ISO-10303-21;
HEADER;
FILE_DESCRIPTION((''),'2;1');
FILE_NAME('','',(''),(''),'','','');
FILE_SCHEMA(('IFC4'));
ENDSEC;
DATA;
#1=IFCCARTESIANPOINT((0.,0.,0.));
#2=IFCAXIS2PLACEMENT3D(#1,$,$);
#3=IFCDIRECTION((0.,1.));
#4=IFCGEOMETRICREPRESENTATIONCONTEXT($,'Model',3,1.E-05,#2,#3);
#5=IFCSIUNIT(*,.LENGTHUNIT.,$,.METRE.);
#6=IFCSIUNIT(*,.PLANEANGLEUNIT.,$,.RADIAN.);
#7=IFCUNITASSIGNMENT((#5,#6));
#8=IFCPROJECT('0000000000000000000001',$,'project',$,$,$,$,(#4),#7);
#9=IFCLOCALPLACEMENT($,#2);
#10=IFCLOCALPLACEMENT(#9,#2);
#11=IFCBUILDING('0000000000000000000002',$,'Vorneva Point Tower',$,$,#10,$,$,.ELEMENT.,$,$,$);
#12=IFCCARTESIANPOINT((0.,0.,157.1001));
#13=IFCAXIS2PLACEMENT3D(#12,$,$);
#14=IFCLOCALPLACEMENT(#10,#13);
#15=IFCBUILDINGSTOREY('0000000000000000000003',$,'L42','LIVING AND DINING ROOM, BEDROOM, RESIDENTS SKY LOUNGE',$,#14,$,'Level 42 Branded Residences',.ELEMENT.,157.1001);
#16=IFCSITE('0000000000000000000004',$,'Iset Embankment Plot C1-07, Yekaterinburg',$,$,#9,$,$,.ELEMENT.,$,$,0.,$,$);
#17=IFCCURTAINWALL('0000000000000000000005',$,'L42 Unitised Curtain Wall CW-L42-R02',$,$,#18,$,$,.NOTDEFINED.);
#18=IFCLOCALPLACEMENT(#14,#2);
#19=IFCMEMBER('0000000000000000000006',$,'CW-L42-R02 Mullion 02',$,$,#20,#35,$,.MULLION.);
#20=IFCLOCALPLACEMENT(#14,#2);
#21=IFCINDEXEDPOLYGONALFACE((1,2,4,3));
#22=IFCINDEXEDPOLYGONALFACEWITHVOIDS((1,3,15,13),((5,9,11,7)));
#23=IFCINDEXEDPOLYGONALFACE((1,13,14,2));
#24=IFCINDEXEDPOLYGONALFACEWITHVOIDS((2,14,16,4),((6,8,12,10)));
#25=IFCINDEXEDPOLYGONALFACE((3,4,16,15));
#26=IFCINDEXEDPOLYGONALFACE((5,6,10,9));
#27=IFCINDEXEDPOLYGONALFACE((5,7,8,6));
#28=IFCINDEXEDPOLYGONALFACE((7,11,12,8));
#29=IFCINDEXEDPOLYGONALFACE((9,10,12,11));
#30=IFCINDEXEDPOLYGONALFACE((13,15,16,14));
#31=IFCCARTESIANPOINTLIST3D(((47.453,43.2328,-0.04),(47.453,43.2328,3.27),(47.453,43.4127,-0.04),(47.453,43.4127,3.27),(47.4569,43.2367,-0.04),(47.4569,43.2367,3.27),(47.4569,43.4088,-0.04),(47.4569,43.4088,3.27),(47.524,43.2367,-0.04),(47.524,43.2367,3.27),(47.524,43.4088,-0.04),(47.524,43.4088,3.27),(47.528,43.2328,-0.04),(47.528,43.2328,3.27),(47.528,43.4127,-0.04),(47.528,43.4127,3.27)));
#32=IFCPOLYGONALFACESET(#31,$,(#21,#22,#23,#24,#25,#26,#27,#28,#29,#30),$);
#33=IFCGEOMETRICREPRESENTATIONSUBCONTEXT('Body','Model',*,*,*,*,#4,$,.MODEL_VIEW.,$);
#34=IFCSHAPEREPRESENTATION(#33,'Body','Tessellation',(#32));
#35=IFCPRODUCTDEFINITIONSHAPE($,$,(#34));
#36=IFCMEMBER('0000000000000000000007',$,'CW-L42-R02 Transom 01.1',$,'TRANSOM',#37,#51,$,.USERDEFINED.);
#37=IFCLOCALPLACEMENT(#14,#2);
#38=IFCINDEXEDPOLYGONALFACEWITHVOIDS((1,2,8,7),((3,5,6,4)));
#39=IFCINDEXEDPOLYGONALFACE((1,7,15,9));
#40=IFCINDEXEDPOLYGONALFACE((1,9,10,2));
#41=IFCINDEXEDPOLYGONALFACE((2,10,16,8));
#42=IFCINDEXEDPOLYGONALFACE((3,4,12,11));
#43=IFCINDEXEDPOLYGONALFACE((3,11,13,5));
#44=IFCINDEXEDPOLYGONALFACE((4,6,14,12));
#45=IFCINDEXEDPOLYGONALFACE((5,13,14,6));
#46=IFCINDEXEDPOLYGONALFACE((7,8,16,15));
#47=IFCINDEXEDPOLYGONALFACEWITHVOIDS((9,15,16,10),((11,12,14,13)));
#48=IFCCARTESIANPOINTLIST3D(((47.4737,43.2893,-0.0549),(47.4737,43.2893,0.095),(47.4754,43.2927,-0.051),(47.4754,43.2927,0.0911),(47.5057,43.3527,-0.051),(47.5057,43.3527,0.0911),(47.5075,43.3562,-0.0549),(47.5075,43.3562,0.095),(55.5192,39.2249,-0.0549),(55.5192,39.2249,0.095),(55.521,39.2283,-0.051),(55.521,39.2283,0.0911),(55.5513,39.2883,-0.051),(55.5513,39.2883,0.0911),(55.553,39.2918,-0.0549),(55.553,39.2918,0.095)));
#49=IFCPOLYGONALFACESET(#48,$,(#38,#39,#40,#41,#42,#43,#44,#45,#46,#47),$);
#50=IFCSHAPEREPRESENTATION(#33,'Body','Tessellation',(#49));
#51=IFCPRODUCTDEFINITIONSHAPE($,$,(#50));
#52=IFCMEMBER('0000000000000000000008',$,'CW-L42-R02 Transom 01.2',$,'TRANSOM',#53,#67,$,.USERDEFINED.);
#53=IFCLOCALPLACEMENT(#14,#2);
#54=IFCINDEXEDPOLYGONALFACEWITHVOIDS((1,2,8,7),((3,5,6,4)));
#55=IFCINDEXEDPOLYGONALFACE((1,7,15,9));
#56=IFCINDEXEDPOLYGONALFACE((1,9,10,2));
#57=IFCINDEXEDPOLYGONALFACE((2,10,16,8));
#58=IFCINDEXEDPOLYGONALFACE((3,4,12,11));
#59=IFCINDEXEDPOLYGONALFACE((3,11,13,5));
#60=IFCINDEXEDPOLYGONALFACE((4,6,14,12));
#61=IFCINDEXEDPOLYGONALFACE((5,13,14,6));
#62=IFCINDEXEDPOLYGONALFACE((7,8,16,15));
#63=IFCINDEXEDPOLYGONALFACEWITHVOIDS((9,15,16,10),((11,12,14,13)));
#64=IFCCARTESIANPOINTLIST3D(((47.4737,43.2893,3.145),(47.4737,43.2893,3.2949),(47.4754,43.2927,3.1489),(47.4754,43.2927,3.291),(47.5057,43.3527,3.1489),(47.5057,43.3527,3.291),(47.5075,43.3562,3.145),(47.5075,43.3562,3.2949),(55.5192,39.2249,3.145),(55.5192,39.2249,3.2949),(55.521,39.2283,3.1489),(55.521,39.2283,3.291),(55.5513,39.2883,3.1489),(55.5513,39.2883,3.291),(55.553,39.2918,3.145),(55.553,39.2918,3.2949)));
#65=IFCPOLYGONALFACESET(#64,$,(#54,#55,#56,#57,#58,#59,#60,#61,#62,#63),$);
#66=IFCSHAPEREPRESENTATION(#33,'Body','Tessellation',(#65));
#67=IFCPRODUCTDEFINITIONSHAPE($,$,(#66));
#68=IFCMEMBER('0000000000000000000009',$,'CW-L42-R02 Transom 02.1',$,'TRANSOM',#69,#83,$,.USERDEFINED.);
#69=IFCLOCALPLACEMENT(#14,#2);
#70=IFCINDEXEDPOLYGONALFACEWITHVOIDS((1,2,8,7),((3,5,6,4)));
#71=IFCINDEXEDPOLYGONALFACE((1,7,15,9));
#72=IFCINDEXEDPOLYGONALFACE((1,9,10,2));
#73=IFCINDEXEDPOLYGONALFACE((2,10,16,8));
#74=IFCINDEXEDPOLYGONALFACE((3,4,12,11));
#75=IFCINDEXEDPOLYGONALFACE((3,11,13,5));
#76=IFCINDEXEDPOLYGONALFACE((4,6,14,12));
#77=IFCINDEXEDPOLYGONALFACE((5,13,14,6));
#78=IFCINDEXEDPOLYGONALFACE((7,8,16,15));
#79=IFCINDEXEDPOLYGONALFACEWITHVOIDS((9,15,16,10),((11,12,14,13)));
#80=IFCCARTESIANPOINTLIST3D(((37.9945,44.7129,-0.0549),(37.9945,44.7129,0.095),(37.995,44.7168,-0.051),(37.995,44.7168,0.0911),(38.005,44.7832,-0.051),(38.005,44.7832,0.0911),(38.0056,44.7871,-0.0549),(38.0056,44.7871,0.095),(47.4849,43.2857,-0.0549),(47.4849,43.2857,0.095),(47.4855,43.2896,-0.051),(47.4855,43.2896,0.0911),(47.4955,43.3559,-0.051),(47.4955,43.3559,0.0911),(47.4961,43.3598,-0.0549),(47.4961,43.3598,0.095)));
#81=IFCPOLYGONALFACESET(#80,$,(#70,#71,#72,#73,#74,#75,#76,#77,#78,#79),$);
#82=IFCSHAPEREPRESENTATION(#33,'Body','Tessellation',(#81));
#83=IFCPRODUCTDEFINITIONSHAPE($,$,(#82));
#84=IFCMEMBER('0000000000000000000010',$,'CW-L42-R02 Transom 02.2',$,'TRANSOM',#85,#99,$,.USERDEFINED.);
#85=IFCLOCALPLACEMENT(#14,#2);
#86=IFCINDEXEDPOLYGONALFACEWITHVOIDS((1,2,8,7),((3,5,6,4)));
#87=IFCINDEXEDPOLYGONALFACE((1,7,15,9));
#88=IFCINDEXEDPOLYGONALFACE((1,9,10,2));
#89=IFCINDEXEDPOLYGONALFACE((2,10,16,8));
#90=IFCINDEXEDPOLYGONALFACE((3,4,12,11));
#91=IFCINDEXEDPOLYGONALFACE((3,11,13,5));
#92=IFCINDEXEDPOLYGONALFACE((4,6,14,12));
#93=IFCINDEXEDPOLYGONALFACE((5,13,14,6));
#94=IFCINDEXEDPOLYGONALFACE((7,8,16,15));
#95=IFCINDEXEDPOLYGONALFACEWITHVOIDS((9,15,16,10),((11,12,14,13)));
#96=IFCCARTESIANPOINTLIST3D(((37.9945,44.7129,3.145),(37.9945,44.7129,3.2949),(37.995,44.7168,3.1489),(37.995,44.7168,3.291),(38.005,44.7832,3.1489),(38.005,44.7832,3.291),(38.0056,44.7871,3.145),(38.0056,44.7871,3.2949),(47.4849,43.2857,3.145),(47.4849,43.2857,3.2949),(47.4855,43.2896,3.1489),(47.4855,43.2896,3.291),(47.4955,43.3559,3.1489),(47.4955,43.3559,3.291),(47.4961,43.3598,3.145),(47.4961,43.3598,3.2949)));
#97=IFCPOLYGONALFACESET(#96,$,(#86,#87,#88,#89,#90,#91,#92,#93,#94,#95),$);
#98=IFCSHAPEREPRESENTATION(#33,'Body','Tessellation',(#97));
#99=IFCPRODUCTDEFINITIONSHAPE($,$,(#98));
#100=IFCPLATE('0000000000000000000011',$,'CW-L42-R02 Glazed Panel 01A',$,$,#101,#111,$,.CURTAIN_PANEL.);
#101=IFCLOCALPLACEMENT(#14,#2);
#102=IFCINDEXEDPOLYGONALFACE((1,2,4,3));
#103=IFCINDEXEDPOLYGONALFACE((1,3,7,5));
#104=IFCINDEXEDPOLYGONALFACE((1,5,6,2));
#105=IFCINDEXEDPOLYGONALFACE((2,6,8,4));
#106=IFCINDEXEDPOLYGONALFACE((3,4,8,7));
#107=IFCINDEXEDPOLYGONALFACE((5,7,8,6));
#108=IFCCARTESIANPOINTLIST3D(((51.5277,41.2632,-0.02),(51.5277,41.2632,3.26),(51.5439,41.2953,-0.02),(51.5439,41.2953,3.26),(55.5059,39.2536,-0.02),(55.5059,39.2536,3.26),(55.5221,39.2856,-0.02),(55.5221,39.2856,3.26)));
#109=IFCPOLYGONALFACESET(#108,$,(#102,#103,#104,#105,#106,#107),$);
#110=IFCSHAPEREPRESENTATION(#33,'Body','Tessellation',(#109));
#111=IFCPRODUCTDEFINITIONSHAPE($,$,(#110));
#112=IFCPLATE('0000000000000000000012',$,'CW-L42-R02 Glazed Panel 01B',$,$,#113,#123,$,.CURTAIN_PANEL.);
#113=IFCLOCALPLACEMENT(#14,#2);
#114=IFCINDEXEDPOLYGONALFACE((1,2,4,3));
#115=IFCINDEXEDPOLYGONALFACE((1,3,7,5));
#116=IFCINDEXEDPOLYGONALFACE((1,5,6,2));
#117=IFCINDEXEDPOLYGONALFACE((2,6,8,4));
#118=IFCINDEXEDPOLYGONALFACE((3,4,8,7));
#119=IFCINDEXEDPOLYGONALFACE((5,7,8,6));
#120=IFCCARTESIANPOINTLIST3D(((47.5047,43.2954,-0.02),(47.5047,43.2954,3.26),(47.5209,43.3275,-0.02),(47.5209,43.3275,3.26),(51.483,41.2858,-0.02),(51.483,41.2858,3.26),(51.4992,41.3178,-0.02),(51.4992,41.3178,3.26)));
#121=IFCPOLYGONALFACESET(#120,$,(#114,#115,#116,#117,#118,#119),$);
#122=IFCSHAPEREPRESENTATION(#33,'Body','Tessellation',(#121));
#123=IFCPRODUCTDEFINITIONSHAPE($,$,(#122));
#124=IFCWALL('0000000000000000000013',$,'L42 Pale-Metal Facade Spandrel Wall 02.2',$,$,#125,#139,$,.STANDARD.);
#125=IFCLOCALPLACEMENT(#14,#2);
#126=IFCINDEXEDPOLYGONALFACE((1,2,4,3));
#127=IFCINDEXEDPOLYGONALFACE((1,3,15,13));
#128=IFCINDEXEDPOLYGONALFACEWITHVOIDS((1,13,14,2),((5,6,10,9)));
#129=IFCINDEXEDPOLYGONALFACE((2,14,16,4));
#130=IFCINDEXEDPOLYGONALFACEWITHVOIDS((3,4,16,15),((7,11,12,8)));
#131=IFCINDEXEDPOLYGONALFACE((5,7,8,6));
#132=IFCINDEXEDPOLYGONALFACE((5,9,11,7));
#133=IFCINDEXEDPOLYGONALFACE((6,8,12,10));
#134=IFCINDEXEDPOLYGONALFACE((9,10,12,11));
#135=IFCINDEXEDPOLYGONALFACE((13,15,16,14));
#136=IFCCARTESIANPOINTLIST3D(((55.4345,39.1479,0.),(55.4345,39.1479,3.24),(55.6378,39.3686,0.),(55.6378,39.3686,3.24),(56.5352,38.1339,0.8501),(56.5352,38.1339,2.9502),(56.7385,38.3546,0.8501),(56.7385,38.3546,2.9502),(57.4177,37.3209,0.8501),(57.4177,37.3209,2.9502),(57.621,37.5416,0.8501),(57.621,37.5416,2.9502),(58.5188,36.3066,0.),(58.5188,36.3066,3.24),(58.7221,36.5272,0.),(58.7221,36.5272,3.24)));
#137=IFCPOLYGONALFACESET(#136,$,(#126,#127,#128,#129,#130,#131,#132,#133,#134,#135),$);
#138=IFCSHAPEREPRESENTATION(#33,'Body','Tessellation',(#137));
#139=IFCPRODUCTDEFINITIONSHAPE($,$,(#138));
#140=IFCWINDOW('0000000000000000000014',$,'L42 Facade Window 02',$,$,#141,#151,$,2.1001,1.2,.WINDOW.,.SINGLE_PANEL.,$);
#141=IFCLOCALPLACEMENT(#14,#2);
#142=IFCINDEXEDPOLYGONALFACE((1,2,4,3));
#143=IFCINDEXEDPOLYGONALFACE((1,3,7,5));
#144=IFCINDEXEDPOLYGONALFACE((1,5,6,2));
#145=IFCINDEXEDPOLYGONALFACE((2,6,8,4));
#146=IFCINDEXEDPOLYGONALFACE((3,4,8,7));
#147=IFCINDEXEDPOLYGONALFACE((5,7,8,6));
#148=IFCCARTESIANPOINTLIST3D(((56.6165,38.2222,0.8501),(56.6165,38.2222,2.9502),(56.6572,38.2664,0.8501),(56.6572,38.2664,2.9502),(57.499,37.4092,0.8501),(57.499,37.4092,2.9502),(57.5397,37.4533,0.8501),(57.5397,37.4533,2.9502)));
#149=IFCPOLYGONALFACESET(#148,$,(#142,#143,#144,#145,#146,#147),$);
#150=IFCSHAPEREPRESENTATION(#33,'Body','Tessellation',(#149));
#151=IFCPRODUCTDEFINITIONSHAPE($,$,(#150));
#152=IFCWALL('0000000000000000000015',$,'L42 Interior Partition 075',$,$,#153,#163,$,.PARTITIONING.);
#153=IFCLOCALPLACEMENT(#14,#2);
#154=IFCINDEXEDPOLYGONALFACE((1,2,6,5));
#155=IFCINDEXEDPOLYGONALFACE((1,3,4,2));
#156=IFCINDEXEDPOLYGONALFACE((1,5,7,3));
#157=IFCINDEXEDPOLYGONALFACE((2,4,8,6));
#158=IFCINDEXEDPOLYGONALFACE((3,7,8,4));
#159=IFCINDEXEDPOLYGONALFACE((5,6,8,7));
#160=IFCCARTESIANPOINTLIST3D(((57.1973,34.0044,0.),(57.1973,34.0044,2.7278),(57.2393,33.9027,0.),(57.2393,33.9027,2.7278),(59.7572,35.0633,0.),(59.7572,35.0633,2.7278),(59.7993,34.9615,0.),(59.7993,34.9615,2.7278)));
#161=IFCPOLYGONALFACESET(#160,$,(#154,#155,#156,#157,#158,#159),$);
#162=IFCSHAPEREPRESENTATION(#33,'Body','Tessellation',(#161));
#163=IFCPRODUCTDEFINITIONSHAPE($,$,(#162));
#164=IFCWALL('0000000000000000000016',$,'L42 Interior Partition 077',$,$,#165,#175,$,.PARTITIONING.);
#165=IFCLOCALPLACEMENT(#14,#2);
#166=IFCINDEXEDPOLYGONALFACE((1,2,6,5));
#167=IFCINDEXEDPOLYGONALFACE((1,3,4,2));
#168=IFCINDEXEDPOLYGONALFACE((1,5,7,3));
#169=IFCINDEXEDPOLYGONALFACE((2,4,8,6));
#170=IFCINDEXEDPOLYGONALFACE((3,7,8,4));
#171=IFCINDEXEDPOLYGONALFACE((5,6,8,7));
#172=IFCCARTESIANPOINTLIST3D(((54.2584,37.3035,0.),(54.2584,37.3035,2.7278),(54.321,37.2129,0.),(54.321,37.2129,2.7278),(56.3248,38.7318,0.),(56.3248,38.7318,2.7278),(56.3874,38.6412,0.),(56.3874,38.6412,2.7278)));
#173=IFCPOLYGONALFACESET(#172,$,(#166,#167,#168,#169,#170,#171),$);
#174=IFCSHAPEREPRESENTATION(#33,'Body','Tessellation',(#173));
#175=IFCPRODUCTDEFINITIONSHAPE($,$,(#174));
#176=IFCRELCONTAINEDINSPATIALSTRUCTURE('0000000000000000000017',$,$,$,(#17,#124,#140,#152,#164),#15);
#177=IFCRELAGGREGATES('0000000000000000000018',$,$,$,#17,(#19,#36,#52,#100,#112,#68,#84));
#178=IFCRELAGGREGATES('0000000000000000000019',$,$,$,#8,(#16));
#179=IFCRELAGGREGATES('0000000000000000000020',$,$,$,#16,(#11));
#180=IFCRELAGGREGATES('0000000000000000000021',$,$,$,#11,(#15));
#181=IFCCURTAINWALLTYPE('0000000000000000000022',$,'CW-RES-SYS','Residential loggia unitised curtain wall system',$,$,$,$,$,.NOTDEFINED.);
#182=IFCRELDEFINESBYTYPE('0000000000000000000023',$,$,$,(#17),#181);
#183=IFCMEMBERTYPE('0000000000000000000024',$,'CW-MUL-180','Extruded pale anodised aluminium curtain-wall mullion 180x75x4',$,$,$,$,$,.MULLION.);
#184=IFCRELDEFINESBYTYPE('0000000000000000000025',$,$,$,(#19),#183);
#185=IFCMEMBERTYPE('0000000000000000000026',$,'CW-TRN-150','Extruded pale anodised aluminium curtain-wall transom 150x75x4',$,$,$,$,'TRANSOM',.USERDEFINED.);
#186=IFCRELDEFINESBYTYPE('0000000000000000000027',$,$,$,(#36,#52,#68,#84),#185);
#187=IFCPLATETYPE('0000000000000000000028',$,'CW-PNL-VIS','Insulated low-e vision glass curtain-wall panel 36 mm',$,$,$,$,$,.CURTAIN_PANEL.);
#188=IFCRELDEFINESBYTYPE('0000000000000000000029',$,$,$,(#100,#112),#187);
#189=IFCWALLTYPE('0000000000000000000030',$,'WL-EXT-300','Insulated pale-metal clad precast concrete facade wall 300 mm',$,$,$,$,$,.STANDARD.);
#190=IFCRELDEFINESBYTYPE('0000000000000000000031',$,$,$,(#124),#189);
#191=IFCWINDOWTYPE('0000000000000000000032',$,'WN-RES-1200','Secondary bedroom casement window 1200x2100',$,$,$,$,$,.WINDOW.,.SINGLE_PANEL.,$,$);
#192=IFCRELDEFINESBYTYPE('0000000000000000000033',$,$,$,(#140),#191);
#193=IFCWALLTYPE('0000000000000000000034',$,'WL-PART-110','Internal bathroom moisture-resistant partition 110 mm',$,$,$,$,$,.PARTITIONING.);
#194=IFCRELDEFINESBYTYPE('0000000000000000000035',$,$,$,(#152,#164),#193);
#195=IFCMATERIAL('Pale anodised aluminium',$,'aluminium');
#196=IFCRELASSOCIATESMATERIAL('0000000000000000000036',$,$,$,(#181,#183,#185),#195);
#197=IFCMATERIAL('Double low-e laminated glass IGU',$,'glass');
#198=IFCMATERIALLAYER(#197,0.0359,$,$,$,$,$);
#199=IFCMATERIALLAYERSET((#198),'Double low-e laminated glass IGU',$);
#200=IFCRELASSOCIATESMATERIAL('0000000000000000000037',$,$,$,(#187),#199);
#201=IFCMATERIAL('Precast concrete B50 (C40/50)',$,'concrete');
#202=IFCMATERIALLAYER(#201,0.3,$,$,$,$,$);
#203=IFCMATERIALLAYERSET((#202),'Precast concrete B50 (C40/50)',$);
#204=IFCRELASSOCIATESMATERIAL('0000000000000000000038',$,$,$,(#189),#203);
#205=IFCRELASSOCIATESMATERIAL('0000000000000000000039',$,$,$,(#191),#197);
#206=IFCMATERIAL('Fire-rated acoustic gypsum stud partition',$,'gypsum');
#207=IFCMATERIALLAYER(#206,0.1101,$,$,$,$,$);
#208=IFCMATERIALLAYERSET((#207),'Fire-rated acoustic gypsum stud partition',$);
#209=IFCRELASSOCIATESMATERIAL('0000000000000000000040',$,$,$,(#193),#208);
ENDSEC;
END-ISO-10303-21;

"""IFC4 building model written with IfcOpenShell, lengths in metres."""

from ifc_helpers import new_model, si_unit, direction, frame, frame_2d, origin, origin_2d, place, context, subcontext, project, spatial, rectangle, hollow_rectangle, extrude, material, layer, layer_set, material_profile, profile_set, type_object, element, fill, aggregate, save


model = new_model("IFC4")

# Units and contexts
model_context = context("Model", 3, precision=1e-05, world=origin(), true_north=direction((0.0, 1.0)))
body_context = subcontext(model_context, "Body", "Model", "MODEL_VIEW")
ifc_project = project(units=[si_unit("LENGTHUNIT", "METRE"), si_unit("PLANEANGLEUNIT", "RADIAN")], contexts=[model_context])

# Site, building, storey
site_placement = place(None, origin())
site = spatial("IfcSite", under=ifc_project, at=site_placement, Name="Iset Embankment Plot C1-07, Yekaterinburg", CompositionType="ELEMENT", RefElevation=0.0)
building_placement = place(site_placement, origin())
building = spatial("IfcBuilding", under=site, at=building_placement, Name="Vorneva Point Tower", CompositionType="ELEMENT")
storey_placement = place(building_placement, frame((0.0, 0.0, 157.1001)))
storey = spatial("IfcBuildingStorey", under=building, at=storey_placement, Name="L42", Description="LIVING AND DINING ROOM, BEDROOM, RESIDENTS SKY LOUNGE", LongName="Level 42 Branded Residences", CompositionType="ELEMENT", Elevation=157.1001)

# Curtain wall, members, plates
ifc_material_1 = material(Name="Pale anodised aluminium", Category="aluminium")
curtain_wall_type = type_object("IfcCurtainWallType", Name="CW-RES-SYS", Description="Residential loggia unitised curtain wall system", PredefinedType="NOTDEFINED", material=ifc_material_1)
curtain_wall_placement = place(storey_placement, origin())
curtain_wall = element("IfcCurtainWall", 1, at=curtain_wall_placement, inside=storey, type_object=curtain_wall_type, Name="L42 Unitised Curtain Wall CW-L42-R02", PredefinedType="NOTDEFINED")
ifc_material_profile_1 = material_profile(ifc_material_1, hollow_rectangle(XDim=0.075, YDim=0.1799, WallThickness=0.0039, at=origin_2d()), Name="AL-MUL 180x75x4")
ifc_profile_set_1 = profile_set([ifc_material_profile_1], Name="Pale anodised aluminium")
member_type_1 = type_object("IfcMemberType", Name="CW-MUL-180", Description="Extruded pale anodised aluminium curtain-wall mullion 180x75x4", PredefinedType="MULLION", material=ifc_profile_set_1)
member_1_placement = place(storey_placement, frame((47.4905, 43.3228, -0.04), z_axis=(0.0, 0.0, 1.0), x_axis=(1.0, 0.0, 0.0)))
member_1 = element("IfcMember", 2, at=member_1_placement, type_object=member_type_1, Name="CW-L42-R02 Mullion 02", PredefinedType="MULLION", context=body_context, shape_type="SweptSolid", body=[
    extrude(hollow_rectangle(XDim=0.075, YDim=0.1799, WallThickness=0.0039, at=origin_2d()), origin(), (0.0, 0.0, 1.0), 3.3101),
])
ifc_material_profile_2 = material_profile(ifc_material_1, hollow_rectangle(XDim=0.075, YDim=0.1499, WallThickness=0.0039, at=origin_2d()), Name="AL-TRN 150x75x4")
ifc_profile_set_2 = profile_set([ifc_material_profile_2], Name="Pale anodised aluminium")
member_type_2 = type_object("IfcMemberType", Name="CW-TRN-150", Description="Extruded pale anodised aluminium curtain-wall transom 150x75x4", ElementType="TRANSOM", PredefinedType="USERDEFINED", material=ifc_profile_set_2)
member_2_placement = place(storey_placement, frame((55.5361, 39.2583, 0.02), z_axis=(-0.892572, 0.450904, 0.0), x_axis=(-0.450904, -0.892572, 0.0)))
member_2 = element("IfcMember", 3, at=member_2_placement, type_object=member_type_2, Name="CW-L42-R02 Transom 01.1", ObjectType="TRANSOM", PredefinedType="USERDEFINED", context=body_context, shape_type="SweptSolid", body=[
    extrude(hollow_rectangle(XDim=0.075, YDim=0.1499, WallThickness=0.0039, at=origin_2d()), origin(), (0.0, 0.0, 1.0), 9.0139),
])
member_3_placement = place(storey_placement, frame((55.5361, 39.2583, 3.22), z_axis=(-0.892572, 0.450904, 0.0), x_axis=(-0.450904, -0.892572, 0.0)))
member_3 = element("IfcMember", 4, at=member_3_placement, type_object=member_type_2, Name="CW-L42-R02 Transom 01.2", ObjectType="TRANSOM", PredefinedType="USERDEFINED", context=body_context, shape_type="SweptSolid", body=[
    extrude(hollow_rectangle(XDim=0.075, YDim=0.1499, WallThickness=0.0039, at=origin_2d()), origin(), (0.0, 0.0, 1.0), 9.0139),
])
member_4_placement = place(storey_placement, frame((47.4905, 43.3228, 0.02), z_axis=(-0.98888, 0.148715, 0.0), x_axis=(-0.148715, -0.98888, 0.0)))
member_4 = element("IfcMember", 5, at=member_4_placement, type_object=member_type_2, Name="CW-L42-R02 Transom 02.1", ObjectType="TRANSOM", PredefinedType="USERDEFINED", context=body_context, shape_type="SweptSolid", body=[
    extrude(hollow_rectangle(XDim=0.075, YDim=0.1499, WallThickness=0.0039, at=origin_2d()), origin(), (0.0, 0.0, 1.0), 9.5972),
])
member_5_placement = place(storey_placement, frame((47.4905, 43.3228, 3.22), z_axis=(-0.98888, 0.148715, 0.0), x_axis=(-0.148715, -0.98888, 0.0)))
member_5 = element("IfcMember", 6, at=member_5_placement, type_object=member_type_2, Name="CW-L42-R02 Transom 02.2", ObjectType="TRANSOM", PredefinedType="USERDEFINED", context=body_context, shape_type="SweptSolid", body=[
    extrude(hollow_rectangle(XDim=0.075, YDim=0.1499, WallThickness=0.0039, at=origin_2d()), origin(), (0.0, 0.0, 1.0), 9.5972),
])
ifc_material_2 = material(Name="Double low-e laminated glass IGU", Category="glass")
ifc_layer_1 = layer(ifc_material_2, 0.0359)
ifc_layer_set_1 = layer_set([ifc_layer_1], Name="Double low-e laminated glass IGU")
plate_type = type_object("IfcPlateType", Name="CW-PNL-VIS", Description="Insulated low-e vision glass curtain-wall panel 36 mm", PredefinedType="CURTAIN_PANEL", material=ifc_layer_set_1)
plate_1_placement = place(storey_placement, frame((53.5249, 40.2744, -0.02), z_axis=(0.0, 0.0, 1.0), x_axis=(-0.892578, 0.450893, 0.0)))
plate_1 = element("IfcPlate", 7, at=plate_1_placement, type_object=plate_type, Name="CW-L42-R02 Glazed Panel 01A", PredefinedType="CURTAIN_PANEL", context=body_context, shape_type="SweptSolid", body=[
    extrude(rectangle(XDim=4.457, YDim=0.0359, at=origin_2d()), origin(), (0.0, 0.0, 1.0), 3.28),
])
plate_2_placement = place(storey_placement, frame((49.502, 42.3066, -0.02), z_axis=(0.0, 0.0, 1.0), x_axis=(-0.892578, 0.450893, 0.0)))
plate_2 = element("IfcPlate", 8, at=plate_2_placement, type_object=plate_type, Name="CW-L42-R02 Glazed Panel 01B", PredefinedType="CURTAIN_PANEL", context=body_context, shape_type="SweptSolid", body=[
    extrude(rectangle(XDim=4.457, YDim=0.0359, at=origin_2d()), origin(), (0.0, 0.0, 1.0), 3.28),
])
aggregate(curtain_wall, [member_1, member_2, member_3, plate_1, plate_2, member_4, member_5])

# Wall, opening, window
ifc_material_3 = material(Name="Precast concrete B50 (C40/50)", Category="concrete")
ifc_layer_2 = layer(ifc_material_3, 0.3)
ifc_layer_set_2 = layer_set([ifc_layer_2], Name="Precast concrete B50 (C40/50)")
wall_type_1 = type_object("IfcWallType", Name="WL-EXT-300", Description="Insulated pale-metal clad precast concrete facade wall 300 mm", PredefinedType="STANDARD", material=ifc_layer_set_2)
wall_1_placement = place(storey_placement, frame((58.6204, 36.417, 0.0), z_axis=(0.0, 0.0, 1.0), x_axis=(-0.735477, 0.67755, 0.0)))
wall_1 = element("IfcWall", 9, at=wall_1_placement, inside=storey, type_object=wall_type_1, Name="L42 Pale-Metal Facade Spandrel Wall 02.2", PredefinedType="STANDARD", context=body_context, shape_type="SweptSolid", body=[
    extrude(rectangle(XDim=4.1936, YDim=0.3, at=frame_2d((2.0967, 0.0))), origin(), (0.0, 0.0, 1.0), 3.24),
])
opening_1_placement = place(wall_1_placement, frame((1.4968, 0.0, 0.8501)))
opening_1 = element("IfcOpeningElement", 10, at=opening_1_placement, cuts=wall_1, PredefinedType="OPENING", context=body_context, shape_type="SweptSolid", body=[
    extrude(rectangle(XDim=1.2, YDim=2.1001, at=frame_2d((0.6001, 1.05))), frame((0.0, 0.165, 0.0), z_axis=(0.0, -1.0, 0.0), x_axis=(1.0, 0.0, 0.0)), (0.0, 0.0, 1.0), 0.3298),
])
window_type = type_object("IfcWindowType", Name="WN-RES-1200", Description="Secondary bedroom casement window 1200x2100", PartitioningType="SINGLE_PANEL", PredefinedType="WINDOW", material=ifc_material_2)
window_placement = place(opening_1_placement, origin())
window = element("IfcWindow", 11, at=window_placement, inside=storey, type_object=window_type, Name="L42 Facade Window 02", OverallHeight=2.1001, OverallWidth=1.2, PartitioningType="SINGLE_PANEL", PredefinedType="WINDOW", context=body_context, shape_type="SweptSolid", body=[
    extrude(rectangle(XDim=1.2, YDim=2.1001, at=frame_2d((0.6001, 1.05))), frame((0.0, 0.03, 0.0), z_axis=(0.0, -1.0, 0.0), x_axis=(1.0, 0.0, 0.0)), (0.0, 0.0, 1.0), 0.0601),
])
fill(opening_1, window)

# Walls
ifc_material_4 = material(Name="Fire-rated acoustic gypsum stud partition", Category="gypsum")
ifc_layer_3 = layer(ifc_material_4, 0.1101)
ifc_layer_set_3 = layer_set([ifc_layer_3], Name="Fire-rated acoustic gypsum stud partition")
wall_type_2 = type_object("IfcWallType", Name="WL-PART-110", Description="Internal bathroom moisture-resistant partition 110 mm", PredefinedType="PARTITIONING", material=ifc_layer_set_3)
wall_2_placement = place(storey_placement, frame((59.7783, 35.0125, 0.0), z_axis=(0.0, 0.0, 1.0), x_axis=(-0.924067, -0.38223, 0.0)))
element("IfcWall", 12, at=wall_2_placement, inside=storey, type_object=wall_type_2, Name="L42 Interior Partition 075", PredefinedType="PARTITIONING", context=body_context, shape_type="SweptSolid", body=[
    extrude(rectangle(XDim=2.7703, YDim=0.1101, at=frame_2d((1.3853, 0.0))), origin(), (0.0, 0.0, 1.0), 2.7278),
])
wall_3_placement = place(storey_placement, frame((54.2898, 37.2583, 0.0), z_axis=(0.0, 0.0, 1.0), x_axis=(0.822633, 0.568573, 0.0)))
element("IfcWall", 13, at=wall_3_placement, inside=storey, type_object=wall_type_2, Name="L42 Interior Partition 077", PredefinedType="PARTITIONING", context=body_context, shape_type="SweptSolid", body=[
    extrude(rectangle(XDim=2.512, YDim=0.1101, at=frame_2d((1.2559, 0.0))), origin(), (0.0, 0.0, 1.0), 2.7278),
])

save(model, "model.ifc")
